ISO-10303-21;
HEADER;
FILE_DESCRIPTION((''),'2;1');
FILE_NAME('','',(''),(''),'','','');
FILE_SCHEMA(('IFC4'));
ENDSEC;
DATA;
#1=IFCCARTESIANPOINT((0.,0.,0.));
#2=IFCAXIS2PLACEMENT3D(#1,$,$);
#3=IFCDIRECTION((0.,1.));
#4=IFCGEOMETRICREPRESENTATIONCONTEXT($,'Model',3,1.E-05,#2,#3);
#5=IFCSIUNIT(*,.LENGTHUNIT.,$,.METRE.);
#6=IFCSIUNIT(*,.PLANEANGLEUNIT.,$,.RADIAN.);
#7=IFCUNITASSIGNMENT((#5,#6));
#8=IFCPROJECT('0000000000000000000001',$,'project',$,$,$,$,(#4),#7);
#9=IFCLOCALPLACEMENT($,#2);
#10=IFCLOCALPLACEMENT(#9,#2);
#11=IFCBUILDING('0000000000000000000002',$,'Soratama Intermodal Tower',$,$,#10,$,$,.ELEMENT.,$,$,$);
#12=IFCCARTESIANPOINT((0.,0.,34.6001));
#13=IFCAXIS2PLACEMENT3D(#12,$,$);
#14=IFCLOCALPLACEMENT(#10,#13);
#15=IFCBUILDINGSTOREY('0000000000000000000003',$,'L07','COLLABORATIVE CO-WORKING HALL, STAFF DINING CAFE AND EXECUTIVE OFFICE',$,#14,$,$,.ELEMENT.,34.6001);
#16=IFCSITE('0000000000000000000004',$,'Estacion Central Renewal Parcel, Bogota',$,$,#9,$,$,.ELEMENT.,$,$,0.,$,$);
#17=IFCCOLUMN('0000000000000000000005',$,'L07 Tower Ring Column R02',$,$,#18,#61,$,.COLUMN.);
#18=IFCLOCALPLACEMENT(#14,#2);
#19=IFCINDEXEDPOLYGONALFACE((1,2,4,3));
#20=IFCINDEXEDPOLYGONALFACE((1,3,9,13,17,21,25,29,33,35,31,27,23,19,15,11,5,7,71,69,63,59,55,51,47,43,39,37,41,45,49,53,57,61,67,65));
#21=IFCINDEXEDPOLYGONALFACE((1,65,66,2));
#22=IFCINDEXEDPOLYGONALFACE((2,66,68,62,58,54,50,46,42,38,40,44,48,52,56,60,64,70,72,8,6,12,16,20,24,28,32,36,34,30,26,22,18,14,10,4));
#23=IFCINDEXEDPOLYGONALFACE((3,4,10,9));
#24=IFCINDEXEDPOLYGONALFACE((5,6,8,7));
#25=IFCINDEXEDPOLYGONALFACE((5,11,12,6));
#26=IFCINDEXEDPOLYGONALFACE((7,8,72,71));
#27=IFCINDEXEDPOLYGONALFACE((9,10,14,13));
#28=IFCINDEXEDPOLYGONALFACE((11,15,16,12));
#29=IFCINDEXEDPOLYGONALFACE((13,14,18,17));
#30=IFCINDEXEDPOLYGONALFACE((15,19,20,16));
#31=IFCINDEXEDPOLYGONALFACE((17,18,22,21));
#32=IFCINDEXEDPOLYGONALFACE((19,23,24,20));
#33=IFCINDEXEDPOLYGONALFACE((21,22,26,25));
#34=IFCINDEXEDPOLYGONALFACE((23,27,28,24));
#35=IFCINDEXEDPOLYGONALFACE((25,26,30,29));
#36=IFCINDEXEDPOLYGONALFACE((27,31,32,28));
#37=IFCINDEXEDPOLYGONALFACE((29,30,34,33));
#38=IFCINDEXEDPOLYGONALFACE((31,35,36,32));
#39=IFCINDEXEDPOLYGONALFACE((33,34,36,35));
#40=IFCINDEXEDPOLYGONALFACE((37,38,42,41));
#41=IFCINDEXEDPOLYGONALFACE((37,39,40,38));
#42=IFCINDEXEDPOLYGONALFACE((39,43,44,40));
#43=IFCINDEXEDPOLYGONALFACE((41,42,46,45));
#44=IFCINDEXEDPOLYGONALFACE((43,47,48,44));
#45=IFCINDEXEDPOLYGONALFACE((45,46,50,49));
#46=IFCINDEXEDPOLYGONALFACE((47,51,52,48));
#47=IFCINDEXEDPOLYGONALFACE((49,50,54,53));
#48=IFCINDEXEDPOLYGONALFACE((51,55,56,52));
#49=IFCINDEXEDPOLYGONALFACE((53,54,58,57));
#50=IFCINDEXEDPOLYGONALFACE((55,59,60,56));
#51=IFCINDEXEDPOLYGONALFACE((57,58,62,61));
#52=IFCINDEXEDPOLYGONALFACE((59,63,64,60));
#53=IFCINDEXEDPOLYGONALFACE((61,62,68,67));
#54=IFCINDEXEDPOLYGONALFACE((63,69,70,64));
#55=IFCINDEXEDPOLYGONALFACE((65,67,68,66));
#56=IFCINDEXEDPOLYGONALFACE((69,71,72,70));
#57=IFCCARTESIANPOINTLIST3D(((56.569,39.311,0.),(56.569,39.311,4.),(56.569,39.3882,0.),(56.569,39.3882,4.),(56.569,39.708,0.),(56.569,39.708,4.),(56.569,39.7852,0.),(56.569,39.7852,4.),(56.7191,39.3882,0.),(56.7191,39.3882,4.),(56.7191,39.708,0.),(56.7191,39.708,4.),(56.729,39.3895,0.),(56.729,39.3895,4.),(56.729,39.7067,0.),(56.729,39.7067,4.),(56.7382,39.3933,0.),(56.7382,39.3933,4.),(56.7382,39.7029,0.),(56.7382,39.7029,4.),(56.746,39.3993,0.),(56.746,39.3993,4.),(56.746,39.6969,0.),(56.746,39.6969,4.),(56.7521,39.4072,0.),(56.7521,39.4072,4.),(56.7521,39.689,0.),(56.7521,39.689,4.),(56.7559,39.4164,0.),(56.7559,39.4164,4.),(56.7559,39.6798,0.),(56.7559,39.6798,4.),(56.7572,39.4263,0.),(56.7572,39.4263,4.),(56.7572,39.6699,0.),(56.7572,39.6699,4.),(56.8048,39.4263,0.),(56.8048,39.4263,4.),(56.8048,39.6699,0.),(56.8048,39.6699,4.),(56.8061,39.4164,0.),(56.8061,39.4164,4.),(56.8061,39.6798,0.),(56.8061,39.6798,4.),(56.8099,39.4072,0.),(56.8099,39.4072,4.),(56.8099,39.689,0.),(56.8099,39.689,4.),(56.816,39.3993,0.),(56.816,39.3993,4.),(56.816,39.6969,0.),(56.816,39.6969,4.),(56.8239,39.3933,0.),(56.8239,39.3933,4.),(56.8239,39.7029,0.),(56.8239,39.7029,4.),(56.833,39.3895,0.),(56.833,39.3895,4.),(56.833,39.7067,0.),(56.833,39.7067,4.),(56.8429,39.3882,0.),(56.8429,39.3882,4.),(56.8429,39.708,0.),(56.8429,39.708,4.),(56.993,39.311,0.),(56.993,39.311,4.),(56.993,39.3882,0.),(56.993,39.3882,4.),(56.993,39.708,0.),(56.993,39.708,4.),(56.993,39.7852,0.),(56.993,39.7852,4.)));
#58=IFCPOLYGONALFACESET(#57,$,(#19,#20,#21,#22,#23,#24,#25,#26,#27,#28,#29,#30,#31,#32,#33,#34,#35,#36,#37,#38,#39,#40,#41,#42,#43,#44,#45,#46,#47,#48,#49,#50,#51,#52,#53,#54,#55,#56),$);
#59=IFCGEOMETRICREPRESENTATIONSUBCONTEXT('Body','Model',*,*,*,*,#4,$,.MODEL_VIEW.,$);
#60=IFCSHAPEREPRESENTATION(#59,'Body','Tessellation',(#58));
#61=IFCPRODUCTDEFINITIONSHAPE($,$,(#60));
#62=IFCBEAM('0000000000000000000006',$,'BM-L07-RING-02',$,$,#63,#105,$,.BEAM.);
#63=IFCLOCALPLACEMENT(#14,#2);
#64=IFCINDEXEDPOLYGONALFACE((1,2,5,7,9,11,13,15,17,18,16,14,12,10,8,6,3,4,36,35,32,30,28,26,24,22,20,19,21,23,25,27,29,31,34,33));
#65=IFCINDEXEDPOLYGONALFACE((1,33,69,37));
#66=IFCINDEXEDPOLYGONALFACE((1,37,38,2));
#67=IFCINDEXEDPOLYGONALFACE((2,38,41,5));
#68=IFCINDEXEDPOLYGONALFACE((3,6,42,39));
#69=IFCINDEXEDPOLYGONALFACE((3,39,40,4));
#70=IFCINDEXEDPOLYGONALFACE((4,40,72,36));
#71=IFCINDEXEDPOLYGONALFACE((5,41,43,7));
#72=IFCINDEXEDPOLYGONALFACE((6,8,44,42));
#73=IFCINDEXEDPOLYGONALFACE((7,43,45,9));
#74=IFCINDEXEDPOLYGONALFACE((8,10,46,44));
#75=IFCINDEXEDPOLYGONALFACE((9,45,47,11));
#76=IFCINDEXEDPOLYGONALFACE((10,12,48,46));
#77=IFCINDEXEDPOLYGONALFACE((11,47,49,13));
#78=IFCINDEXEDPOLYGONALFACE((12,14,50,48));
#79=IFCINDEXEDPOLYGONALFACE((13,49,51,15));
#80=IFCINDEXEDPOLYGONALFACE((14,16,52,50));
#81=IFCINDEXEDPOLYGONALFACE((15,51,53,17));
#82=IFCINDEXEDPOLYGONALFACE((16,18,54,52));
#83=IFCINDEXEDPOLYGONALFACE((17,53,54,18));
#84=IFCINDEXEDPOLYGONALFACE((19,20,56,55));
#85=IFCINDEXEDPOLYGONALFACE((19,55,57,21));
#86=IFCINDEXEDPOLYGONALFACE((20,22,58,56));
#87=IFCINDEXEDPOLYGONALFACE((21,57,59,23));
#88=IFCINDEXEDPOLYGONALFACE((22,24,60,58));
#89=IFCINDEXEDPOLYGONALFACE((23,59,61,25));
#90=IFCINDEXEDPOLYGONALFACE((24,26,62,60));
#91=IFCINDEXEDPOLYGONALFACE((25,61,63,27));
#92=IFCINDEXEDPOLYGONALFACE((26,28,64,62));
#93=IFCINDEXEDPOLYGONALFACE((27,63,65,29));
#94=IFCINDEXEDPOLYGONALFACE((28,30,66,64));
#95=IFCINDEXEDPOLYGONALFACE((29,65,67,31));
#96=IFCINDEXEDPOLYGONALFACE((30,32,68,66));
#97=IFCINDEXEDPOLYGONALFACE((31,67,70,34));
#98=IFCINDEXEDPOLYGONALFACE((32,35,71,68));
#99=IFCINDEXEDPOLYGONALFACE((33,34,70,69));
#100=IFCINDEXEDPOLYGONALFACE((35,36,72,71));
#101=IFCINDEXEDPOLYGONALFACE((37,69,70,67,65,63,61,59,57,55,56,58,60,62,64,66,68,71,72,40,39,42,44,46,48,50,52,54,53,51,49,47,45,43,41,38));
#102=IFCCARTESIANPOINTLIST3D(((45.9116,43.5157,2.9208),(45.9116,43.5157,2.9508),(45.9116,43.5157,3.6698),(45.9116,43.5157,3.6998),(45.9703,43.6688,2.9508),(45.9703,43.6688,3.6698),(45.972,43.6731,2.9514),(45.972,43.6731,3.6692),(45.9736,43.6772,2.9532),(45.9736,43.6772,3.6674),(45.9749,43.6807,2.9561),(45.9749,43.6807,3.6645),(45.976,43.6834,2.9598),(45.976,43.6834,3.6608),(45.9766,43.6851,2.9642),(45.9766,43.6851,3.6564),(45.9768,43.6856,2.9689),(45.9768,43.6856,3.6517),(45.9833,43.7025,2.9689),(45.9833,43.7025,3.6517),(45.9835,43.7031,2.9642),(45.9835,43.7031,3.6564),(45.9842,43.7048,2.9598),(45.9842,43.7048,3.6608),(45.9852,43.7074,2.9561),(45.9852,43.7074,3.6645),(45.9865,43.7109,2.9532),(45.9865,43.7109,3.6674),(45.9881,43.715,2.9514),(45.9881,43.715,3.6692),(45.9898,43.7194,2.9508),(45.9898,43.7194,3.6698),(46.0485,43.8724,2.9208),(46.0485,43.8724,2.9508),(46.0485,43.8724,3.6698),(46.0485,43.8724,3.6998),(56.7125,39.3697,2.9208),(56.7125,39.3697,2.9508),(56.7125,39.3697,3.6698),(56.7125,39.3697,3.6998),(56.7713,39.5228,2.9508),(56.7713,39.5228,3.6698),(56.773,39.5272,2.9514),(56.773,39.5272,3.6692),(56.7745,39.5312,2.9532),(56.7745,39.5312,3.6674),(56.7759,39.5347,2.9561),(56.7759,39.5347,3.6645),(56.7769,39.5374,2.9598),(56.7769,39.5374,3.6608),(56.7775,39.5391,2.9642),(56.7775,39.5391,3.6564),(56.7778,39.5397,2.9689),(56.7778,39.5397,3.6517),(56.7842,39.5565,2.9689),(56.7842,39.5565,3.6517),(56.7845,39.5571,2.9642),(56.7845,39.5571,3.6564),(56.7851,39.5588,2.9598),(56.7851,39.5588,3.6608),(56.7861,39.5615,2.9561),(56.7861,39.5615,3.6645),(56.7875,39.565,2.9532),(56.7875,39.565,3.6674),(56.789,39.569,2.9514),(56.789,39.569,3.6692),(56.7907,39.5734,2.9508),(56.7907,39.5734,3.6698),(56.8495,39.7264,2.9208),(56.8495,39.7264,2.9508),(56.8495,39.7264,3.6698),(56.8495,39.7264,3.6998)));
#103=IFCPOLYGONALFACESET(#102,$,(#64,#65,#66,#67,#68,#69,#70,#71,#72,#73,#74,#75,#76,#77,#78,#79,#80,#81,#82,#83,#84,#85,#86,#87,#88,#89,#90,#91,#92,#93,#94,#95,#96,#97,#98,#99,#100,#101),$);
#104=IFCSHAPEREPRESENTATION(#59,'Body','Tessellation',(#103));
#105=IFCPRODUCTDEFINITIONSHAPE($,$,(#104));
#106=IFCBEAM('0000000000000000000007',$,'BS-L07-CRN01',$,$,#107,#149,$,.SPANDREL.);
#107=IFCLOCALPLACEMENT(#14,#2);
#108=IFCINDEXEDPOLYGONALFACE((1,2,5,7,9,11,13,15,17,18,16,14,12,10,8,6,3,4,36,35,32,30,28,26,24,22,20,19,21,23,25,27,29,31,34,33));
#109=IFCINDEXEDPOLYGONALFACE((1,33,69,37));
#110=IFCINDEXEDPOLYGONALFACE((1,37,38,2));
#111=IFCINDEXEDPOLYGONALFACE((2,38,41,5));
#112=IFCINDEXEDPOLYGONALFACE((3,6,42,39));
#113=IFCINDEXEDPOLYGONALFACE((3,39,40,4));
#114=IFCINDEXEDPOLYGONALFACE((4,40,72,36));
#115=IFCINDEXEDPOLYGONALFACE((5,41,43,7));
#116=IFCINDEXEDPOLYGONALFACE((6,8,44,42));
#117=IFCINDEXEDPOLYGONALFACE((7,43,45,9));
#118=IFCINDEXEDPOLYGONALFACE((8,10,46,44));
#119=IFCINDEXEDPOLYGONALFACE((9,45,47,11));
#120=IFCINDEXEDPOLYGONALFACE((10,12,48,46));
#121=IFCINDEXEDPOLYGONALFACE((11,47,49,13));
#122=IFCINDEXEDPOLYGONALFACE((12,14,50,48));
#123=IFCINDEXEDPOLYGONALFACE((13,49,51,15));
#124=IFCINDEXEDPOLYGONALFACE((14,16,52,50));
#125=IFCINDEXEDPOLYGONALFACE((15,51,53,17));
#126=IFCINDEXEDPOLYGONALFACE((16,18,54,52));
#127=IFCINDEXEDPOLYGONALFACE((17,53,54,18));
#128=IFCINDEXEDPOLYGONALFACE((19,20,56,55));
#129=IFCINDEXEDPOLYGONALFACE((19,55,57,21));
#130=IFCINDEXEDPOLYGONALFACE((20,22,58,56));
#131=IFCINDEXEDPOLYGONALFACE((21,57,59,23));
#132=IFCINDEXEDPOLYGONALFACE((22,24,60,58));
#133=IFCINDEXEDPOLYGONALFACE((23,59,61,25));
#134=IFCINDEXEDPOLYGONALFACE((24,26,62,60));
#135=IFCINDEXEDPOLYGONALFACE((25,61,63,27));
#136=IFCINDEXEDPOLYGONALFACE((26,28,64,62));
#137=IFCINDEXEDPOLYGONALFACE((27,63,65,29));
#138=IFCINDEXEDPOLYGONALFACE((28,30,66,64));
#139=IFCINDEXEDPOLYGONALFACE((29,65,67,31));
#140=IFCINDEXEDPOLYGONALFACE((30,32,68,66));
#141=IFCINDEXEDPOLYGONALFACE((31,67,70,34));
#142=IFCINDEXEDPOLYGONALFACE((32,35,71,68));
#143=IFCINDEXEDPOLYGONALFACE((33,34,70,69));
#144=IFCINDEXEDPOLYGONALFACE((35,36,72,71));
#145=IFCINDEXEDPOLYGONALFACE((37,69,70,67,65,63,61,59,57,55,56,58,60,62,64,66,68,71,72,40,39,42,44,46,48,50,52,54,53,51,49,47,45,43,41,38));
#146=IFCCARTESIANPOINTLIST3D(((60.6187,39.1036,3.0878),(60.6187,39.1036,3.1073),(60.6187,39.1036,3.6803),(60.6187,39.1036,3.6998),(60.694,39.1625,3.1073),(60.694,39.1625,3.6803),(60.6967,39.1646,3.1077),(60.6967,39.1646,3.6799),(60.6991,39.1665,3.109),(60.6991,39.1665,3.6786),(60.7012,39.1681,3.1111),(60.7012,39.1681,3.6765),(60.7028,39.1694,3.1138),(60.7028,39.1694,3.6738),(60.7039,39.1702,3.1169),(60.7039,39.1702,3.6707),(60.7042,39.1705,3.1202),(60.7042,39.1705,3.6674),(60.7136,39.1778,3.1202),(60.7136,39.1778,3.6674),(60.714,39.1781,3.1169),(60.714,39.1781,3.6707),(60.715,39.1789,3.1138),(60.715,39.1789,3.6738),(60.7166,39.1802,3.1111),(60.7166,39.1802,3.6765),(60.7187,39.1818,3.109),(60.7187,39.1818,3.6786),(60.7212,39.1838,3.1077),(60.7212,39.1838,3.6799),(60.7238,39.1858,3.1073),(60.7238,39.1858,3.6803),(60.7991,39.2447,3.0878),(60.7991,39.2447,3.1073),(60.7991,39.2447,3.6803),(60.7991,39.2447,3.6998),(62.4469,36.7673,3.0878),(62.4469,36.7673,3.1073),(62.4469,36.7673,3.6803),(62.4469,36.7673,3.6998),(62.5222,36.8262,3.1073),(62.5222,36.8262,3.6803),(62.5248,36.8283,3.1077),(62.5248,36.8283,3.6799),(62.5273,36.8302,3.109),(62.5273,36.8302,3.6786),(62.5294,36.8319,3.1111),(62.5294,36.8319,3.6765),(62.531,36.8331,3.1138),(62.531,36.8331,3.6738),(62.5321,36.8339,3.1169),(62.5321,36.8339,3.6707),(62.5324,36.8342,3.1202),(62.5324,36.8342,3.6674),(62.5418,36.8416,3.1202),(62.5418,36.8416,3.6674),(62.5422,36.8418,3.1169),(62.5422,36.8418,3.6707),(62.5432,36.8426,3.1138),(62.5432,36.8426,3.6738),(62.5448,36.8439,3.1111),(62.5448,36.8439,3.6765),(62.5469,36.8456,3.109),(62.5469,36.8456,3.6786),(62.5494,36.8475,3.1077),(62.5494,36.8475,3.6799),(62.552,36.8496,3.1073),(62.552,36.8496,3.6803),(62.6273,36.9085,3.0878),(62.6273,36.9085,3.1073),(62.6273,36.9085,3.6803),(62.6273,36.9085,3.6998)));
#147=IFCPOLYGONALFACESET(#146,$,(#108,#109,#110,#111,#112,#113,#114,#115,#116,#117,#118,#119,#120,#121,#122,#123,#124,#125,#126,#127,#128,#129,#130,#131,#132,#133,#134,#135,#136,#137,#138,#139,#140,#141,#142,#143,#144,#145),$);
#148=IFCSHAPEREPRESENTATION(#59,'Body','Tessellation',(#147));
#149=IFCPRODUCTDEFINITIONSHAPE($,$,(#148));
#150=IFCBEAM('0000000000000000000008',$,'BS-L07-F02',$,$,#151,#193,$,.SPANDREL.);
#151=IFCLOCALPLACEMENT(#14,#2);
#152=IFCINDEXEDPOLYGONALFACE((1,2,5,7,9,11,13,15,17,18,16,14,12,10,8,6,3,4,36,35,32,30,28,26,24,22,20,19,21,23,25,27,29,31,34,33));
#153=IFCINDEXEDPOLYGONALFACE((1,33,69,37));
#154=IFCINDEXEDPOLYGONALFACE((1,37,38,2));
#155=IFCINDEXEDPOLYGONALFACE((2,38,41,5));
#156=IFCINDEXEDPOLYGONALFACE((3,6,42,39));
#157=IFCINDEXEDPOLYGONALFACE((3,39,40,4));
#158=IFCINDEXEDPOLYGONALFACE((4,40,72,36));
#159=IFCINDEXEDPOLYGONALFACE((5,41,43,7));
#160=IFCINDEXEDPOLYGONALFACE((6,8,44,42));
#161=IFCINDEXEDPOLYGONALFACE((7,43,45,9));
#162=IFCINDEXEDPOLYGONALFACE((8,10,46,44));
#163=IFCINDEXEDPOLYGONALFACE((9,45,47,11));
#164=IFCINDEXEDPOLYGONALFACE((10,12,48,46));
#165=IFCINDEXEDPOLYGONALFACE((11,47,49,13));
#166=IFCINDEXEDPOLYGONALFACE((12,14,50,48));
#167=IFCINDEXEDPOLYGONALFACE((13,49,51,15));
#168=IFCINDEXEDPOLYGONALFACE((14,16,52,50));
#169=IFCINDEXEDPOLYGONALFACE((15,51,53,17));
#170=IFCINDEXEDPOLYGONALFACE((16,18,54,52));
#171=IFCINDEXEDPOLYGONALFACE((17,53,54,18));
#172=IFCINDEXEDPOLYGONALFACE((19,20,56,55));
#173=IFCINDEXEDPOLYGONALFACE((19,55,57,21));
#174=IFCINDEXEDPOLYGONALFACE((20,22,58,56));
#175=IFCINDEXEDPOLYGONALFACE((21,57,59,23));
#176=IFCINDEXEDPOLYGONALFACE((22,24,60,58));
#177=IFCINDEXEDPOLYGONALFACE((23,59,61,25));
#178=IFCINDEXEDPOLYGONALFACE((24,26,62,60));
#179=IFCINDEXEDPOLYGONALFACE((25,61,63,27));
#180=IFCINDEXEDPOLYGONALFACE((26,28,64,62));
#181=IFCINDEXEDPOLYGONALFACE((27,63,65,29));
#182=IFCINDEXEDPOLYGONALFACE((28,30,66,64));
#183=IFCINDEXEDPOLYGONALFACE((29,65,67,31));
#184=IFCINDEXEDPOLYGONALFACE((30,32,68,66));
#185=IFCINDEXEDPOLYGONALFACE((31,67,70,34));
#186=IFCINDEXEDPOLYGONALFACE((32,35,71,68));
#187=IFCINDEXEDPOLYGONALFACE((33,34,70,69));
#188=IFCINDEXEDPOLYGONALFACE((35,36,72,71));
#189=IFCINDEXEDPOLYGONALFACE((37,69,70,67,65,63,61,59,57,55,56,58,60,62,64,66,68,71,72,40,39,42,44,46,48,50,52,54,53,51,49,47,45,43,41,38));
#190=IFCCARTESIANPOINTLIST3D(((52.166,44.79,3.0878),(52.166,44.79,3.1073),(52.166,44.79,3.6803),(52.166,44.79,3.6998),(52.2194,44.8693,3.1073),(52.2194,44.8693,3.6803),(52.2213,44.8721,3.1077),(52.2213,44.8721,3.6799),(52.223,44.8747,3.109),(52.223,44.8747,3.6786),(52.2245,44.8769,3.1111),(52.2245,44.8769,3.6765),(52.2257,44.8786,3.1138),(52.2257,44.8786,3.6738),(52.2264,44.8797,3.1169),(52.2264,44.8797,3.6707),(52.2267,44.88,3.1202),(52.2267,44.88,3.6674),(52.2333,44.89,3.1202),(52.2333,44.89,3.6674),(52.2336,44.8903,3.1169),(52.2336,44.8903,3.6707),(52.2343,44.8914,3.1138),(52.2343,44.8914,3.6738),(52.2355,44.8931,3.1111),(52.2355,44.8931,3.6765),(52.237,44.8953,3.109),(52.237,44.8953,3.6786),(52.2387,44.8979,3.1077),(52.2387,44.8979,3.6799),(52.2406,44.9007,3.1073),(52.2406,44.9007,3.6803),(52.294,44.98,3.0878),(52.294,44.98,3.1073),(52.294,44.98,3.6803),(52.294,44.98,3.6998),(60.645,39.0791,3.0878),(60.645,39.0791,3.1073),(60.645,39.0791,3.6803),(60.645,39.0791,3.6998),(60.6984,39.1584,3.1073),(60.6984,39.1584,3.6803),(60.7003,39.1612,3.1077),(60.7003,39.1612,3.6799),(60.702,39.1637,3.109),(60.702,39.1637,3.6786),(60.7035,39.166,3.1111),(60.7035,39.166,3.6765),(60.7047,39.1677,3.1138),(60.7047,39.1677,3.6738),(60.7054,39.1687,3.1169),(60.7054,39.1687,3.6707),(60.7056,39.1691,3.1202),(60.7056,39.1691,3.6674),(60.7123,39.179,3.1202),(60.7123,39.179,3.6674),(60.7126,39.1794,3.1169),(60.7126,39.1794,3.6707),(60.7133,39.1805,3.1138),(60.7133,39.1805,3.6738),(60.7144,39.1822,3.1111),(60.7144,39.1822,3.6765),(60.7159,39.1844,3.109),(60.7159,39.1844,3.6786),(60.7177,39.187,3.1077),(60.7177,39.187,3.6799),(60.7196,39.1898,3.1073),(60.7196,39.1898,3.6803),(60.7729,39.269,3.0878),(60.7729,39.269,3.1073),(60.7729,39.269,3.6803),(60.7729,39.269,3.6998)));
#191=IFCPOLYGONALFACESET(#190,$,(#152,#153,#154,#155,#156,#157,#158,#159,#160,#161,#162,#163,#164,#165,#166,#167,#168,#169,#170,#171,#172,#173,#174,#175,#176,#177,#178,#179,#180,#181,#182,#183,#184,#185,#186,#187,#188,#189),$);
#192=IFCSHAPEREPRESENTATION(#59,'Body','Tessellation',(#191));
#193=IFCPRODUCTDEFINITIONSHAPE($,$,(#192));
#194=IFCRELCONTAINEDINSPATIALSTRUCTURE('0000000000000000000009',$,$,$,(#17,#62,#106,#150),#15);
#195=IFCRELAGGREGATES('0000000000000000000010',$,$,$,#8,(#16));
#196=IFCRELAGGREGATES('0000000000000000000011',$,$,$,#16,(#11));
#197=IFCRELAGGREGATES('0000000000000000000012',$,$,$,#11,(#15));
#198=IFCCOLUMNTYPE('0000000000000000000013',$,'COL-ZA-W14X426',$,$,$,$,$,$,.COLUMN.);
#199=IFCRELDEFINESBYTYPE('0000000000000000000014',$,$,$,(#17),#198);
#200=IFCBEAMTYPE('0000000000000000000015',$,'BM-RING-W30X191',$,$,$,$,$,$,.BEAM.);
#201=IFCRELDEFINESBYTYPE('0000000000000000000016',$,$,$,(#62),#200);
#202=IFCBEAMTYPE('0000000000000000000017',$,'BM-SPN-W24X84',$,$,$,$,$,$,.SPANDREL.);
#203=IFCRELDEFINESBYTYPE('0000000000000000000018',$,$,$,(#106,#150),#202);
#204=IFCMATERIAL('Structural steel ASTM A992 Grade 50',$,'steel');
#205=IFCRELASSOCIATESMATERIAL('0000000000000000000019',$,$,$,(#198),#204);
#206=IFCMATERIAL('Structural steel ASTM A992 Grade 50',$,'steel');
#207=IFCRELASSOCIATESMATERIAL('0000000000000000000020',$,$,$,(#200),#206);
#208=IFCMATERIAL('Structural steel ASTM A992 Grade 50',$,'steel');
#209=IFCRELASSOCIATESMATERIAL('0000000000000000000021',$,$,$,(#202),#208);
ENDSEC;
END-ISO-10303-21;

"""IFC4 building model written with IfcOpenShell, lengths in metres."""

from ifc_helpers import new_model, si_unit, direction, frame, origin, origin_2d, place, context, subcontext, project, spatial, i_section, extrude, material, material_profile, profile_set, type_object, element, save


model = new_model("IFC4")

# Units and contexts
model_context = context("Model", 3, precision=1e-05, world=origin(), true_north=direction((0.0, 1.0)))
body_context = subcontext(model_context, "Body", "Model", "MODEL_VIEW")
ifc_project = project(units=[si_unit("LENGTHUNIT", "METRE"), si_unit("PLANEANGLEUNIT", "RADIAN")], contexts=[model_context])

# Site, building, storey
site_placement = place(None, origin())
site = spatial("IfcSite", under=ifc_project, at=site_placement, Name="Estacion Central Renewal Parcel, Bogota", CompositionType="ELEMENT", RefElevation=0.0)
building_placement = place(site_placement, origin())
building = spatial("IfcBuilding", under=site, at=building_placement, Name="Soratama Intermodal Tower", CompositionType="ELEMENT")
storey_placement = place(building_placement, frame((0.0, 0.0, 34.6001)))
storey = spatial("IfcBuildingStorey", under=building, at=storey_placement, Name="L07", Description="COLLABORATIVE CO-WORKING HALL, STAFF DINING CAFE AND EXECUTIVE OFFICE", CompositionType="ELEMENT", Elevation=34.6001)

# Column
ifc_material_1 = material(Name="Structural steel ASTM A992 Grade 50", Category="steel")
ifc_material_profile_1 = material_profile(ifc_material_1, i_section(OverallWidth=0.4241, OverallDepth=0.4741, WebThickness=0.0476, FlangeThickness=0.0771, FilletRadius=0.0381, at=origin_2d()), Name="W14X426")
ifc_profile_set_1 = profile_set([ifc_material_profile_1], Name="Structural steel ASTM A992 Grade 50")
column_type = type_object("IfcColumnType", Name="COL-ZA-W14X426", PredefinedType="COLUMN", material=ifc_profile_set_1)
column_placement = place(storey_placement, frame((56.781, 39.5481, 0.0), z_axis=(0.0, 0.0, 1.0), x_axis=(1.0, 0.0, 0.0)))
element("IfcColumn", 1, at=column_placement, inside=storey, type_object=column_type, Name="L07 Tower Ring Column R02", PredefinedType="COLUMN", context=body_context, shape_type="SweptSolid", body=[
    extrude(i_section(OverallWidth=0.4241, OverallDepth=0.4741, WebThickness=0.0476, FlangeThickness=0.0771, FilletRadius=0.0381, at=origin_2d()), origin(), (0.0, 0.0, 1.0), 4.0),
])

# Beams
ifc_material_2 = material(Name="Structural steel ASTM A992 Grade 50", Category="steel")
ifc_material_profile_2 = material_profile(ifc_material_2, i_section(OverallWidth=0.3821, OverallDepth=0.7791, WebThickness=0.0181, FlangeThickness=0.03, FilletRadius=0.0181, at=origin_2d()), Name="W30X191")
ifc_profile_set_2 = profile_set([ifc_material_profile_2], Name="Structural steel ASTM A992 Grade 50")
beam_type_1 = type_object("IfcBeamType", Name="BM-RING-W30X191", PredefinedType="BEAM", material=ifc_profile_set_2)
beam_1_placement = place(storey_placement, frame((56.781, 39.5481, 3.3103), z_axis=(-0.933584, 0.358358, 0.0), x_axis=(-0.358358, -0.933584, 0.0)))
element("IfcBeam", 2, at=beam_1_placement, inside=storey, type_object=beam_type_1, Name="BM-L07-RING-02", PredefinedType="BEAM", context=body_context, shape_type="SweptSolid", body=[
    extrude(i_section(OverallWidth=0.3821, OverallDepth=0.7791, WebThickness=0.0181, FlangeThickness=0.03, FilletRadius=0.0181, at=origin_2d()), origin(), (0.0, 0.0, 1.0), 11.5693),
])
ifc_material_3 = material(Name="Structural steel ASTM A992 Grade 50", Category="steel")
ifc_material_profile_3 = material_profile(ifc_material_3, i_section(OverallWidth=0.229, OverallDepth=0.6121, WebThickness=0.012, FlangeThickness=0.0195, FilletRadius=0.0129, at=origin_2d()), Name="W24X84")
ifc_profile_set_3 = profile_set([ifc_material_profile_3], Name="Structural steel ASTM A992 Grade 50")
beam_type_2 = type_object("IfcBeamType", Name="BM-SPN-W24X84", PredefinedType="SPANDREL", material=ifc_profile_set_3)
beam_2_placement = place(storey_placement, frame((62.5371, 36.8379, 3.3938), z_axis=(-0.616268, 0.787536, 0.0), x_axis=(-0.787536, -0.616268, 0.0)))
element("IfcBeam", 3, at=beam_2_placement, inside=storey, type_object=beam_type_2, Name="BS-L07-CRN01", PredefinedType="SPANDREL", context=body_context, shape_type="SweptSolid", body=[
    extrude(i_section(OverallWidth=0.229, OverallDepth=0.6121, WebThickness=0.012, FlangeThickness=0.0195, FilletRadius=0.0129, at=origin_2d()), origin(), (0.0, 0.0, 1.0), 2.9666),
])
beam_3_placement = place(storey_placement, frame((60.709, 39.1741, 3.3938), z_axis=(-0.82941, 0.55864, 0.0), x_axis=(-0.55864, -0.82941, 0.0)))
element("IfcBeam", 4, at=beam_3_placement, inside=storey, type_object=beam_type_2, Name="BS-L07-F02", PredefinedType="SPANDREL", context=body_context, shape_type="SweptSolid", body=[
    extrude(i_section(OverallWidth=0.229, OverallDepth=0.6121, WebThickness=0.012, FlangeThickness=0.0195, FilletRadius=0.0129, at=origin_2d()), origin(), (0.0, 0.0, 1.0), 10.2229),
])

save(model, "model.ifc")
